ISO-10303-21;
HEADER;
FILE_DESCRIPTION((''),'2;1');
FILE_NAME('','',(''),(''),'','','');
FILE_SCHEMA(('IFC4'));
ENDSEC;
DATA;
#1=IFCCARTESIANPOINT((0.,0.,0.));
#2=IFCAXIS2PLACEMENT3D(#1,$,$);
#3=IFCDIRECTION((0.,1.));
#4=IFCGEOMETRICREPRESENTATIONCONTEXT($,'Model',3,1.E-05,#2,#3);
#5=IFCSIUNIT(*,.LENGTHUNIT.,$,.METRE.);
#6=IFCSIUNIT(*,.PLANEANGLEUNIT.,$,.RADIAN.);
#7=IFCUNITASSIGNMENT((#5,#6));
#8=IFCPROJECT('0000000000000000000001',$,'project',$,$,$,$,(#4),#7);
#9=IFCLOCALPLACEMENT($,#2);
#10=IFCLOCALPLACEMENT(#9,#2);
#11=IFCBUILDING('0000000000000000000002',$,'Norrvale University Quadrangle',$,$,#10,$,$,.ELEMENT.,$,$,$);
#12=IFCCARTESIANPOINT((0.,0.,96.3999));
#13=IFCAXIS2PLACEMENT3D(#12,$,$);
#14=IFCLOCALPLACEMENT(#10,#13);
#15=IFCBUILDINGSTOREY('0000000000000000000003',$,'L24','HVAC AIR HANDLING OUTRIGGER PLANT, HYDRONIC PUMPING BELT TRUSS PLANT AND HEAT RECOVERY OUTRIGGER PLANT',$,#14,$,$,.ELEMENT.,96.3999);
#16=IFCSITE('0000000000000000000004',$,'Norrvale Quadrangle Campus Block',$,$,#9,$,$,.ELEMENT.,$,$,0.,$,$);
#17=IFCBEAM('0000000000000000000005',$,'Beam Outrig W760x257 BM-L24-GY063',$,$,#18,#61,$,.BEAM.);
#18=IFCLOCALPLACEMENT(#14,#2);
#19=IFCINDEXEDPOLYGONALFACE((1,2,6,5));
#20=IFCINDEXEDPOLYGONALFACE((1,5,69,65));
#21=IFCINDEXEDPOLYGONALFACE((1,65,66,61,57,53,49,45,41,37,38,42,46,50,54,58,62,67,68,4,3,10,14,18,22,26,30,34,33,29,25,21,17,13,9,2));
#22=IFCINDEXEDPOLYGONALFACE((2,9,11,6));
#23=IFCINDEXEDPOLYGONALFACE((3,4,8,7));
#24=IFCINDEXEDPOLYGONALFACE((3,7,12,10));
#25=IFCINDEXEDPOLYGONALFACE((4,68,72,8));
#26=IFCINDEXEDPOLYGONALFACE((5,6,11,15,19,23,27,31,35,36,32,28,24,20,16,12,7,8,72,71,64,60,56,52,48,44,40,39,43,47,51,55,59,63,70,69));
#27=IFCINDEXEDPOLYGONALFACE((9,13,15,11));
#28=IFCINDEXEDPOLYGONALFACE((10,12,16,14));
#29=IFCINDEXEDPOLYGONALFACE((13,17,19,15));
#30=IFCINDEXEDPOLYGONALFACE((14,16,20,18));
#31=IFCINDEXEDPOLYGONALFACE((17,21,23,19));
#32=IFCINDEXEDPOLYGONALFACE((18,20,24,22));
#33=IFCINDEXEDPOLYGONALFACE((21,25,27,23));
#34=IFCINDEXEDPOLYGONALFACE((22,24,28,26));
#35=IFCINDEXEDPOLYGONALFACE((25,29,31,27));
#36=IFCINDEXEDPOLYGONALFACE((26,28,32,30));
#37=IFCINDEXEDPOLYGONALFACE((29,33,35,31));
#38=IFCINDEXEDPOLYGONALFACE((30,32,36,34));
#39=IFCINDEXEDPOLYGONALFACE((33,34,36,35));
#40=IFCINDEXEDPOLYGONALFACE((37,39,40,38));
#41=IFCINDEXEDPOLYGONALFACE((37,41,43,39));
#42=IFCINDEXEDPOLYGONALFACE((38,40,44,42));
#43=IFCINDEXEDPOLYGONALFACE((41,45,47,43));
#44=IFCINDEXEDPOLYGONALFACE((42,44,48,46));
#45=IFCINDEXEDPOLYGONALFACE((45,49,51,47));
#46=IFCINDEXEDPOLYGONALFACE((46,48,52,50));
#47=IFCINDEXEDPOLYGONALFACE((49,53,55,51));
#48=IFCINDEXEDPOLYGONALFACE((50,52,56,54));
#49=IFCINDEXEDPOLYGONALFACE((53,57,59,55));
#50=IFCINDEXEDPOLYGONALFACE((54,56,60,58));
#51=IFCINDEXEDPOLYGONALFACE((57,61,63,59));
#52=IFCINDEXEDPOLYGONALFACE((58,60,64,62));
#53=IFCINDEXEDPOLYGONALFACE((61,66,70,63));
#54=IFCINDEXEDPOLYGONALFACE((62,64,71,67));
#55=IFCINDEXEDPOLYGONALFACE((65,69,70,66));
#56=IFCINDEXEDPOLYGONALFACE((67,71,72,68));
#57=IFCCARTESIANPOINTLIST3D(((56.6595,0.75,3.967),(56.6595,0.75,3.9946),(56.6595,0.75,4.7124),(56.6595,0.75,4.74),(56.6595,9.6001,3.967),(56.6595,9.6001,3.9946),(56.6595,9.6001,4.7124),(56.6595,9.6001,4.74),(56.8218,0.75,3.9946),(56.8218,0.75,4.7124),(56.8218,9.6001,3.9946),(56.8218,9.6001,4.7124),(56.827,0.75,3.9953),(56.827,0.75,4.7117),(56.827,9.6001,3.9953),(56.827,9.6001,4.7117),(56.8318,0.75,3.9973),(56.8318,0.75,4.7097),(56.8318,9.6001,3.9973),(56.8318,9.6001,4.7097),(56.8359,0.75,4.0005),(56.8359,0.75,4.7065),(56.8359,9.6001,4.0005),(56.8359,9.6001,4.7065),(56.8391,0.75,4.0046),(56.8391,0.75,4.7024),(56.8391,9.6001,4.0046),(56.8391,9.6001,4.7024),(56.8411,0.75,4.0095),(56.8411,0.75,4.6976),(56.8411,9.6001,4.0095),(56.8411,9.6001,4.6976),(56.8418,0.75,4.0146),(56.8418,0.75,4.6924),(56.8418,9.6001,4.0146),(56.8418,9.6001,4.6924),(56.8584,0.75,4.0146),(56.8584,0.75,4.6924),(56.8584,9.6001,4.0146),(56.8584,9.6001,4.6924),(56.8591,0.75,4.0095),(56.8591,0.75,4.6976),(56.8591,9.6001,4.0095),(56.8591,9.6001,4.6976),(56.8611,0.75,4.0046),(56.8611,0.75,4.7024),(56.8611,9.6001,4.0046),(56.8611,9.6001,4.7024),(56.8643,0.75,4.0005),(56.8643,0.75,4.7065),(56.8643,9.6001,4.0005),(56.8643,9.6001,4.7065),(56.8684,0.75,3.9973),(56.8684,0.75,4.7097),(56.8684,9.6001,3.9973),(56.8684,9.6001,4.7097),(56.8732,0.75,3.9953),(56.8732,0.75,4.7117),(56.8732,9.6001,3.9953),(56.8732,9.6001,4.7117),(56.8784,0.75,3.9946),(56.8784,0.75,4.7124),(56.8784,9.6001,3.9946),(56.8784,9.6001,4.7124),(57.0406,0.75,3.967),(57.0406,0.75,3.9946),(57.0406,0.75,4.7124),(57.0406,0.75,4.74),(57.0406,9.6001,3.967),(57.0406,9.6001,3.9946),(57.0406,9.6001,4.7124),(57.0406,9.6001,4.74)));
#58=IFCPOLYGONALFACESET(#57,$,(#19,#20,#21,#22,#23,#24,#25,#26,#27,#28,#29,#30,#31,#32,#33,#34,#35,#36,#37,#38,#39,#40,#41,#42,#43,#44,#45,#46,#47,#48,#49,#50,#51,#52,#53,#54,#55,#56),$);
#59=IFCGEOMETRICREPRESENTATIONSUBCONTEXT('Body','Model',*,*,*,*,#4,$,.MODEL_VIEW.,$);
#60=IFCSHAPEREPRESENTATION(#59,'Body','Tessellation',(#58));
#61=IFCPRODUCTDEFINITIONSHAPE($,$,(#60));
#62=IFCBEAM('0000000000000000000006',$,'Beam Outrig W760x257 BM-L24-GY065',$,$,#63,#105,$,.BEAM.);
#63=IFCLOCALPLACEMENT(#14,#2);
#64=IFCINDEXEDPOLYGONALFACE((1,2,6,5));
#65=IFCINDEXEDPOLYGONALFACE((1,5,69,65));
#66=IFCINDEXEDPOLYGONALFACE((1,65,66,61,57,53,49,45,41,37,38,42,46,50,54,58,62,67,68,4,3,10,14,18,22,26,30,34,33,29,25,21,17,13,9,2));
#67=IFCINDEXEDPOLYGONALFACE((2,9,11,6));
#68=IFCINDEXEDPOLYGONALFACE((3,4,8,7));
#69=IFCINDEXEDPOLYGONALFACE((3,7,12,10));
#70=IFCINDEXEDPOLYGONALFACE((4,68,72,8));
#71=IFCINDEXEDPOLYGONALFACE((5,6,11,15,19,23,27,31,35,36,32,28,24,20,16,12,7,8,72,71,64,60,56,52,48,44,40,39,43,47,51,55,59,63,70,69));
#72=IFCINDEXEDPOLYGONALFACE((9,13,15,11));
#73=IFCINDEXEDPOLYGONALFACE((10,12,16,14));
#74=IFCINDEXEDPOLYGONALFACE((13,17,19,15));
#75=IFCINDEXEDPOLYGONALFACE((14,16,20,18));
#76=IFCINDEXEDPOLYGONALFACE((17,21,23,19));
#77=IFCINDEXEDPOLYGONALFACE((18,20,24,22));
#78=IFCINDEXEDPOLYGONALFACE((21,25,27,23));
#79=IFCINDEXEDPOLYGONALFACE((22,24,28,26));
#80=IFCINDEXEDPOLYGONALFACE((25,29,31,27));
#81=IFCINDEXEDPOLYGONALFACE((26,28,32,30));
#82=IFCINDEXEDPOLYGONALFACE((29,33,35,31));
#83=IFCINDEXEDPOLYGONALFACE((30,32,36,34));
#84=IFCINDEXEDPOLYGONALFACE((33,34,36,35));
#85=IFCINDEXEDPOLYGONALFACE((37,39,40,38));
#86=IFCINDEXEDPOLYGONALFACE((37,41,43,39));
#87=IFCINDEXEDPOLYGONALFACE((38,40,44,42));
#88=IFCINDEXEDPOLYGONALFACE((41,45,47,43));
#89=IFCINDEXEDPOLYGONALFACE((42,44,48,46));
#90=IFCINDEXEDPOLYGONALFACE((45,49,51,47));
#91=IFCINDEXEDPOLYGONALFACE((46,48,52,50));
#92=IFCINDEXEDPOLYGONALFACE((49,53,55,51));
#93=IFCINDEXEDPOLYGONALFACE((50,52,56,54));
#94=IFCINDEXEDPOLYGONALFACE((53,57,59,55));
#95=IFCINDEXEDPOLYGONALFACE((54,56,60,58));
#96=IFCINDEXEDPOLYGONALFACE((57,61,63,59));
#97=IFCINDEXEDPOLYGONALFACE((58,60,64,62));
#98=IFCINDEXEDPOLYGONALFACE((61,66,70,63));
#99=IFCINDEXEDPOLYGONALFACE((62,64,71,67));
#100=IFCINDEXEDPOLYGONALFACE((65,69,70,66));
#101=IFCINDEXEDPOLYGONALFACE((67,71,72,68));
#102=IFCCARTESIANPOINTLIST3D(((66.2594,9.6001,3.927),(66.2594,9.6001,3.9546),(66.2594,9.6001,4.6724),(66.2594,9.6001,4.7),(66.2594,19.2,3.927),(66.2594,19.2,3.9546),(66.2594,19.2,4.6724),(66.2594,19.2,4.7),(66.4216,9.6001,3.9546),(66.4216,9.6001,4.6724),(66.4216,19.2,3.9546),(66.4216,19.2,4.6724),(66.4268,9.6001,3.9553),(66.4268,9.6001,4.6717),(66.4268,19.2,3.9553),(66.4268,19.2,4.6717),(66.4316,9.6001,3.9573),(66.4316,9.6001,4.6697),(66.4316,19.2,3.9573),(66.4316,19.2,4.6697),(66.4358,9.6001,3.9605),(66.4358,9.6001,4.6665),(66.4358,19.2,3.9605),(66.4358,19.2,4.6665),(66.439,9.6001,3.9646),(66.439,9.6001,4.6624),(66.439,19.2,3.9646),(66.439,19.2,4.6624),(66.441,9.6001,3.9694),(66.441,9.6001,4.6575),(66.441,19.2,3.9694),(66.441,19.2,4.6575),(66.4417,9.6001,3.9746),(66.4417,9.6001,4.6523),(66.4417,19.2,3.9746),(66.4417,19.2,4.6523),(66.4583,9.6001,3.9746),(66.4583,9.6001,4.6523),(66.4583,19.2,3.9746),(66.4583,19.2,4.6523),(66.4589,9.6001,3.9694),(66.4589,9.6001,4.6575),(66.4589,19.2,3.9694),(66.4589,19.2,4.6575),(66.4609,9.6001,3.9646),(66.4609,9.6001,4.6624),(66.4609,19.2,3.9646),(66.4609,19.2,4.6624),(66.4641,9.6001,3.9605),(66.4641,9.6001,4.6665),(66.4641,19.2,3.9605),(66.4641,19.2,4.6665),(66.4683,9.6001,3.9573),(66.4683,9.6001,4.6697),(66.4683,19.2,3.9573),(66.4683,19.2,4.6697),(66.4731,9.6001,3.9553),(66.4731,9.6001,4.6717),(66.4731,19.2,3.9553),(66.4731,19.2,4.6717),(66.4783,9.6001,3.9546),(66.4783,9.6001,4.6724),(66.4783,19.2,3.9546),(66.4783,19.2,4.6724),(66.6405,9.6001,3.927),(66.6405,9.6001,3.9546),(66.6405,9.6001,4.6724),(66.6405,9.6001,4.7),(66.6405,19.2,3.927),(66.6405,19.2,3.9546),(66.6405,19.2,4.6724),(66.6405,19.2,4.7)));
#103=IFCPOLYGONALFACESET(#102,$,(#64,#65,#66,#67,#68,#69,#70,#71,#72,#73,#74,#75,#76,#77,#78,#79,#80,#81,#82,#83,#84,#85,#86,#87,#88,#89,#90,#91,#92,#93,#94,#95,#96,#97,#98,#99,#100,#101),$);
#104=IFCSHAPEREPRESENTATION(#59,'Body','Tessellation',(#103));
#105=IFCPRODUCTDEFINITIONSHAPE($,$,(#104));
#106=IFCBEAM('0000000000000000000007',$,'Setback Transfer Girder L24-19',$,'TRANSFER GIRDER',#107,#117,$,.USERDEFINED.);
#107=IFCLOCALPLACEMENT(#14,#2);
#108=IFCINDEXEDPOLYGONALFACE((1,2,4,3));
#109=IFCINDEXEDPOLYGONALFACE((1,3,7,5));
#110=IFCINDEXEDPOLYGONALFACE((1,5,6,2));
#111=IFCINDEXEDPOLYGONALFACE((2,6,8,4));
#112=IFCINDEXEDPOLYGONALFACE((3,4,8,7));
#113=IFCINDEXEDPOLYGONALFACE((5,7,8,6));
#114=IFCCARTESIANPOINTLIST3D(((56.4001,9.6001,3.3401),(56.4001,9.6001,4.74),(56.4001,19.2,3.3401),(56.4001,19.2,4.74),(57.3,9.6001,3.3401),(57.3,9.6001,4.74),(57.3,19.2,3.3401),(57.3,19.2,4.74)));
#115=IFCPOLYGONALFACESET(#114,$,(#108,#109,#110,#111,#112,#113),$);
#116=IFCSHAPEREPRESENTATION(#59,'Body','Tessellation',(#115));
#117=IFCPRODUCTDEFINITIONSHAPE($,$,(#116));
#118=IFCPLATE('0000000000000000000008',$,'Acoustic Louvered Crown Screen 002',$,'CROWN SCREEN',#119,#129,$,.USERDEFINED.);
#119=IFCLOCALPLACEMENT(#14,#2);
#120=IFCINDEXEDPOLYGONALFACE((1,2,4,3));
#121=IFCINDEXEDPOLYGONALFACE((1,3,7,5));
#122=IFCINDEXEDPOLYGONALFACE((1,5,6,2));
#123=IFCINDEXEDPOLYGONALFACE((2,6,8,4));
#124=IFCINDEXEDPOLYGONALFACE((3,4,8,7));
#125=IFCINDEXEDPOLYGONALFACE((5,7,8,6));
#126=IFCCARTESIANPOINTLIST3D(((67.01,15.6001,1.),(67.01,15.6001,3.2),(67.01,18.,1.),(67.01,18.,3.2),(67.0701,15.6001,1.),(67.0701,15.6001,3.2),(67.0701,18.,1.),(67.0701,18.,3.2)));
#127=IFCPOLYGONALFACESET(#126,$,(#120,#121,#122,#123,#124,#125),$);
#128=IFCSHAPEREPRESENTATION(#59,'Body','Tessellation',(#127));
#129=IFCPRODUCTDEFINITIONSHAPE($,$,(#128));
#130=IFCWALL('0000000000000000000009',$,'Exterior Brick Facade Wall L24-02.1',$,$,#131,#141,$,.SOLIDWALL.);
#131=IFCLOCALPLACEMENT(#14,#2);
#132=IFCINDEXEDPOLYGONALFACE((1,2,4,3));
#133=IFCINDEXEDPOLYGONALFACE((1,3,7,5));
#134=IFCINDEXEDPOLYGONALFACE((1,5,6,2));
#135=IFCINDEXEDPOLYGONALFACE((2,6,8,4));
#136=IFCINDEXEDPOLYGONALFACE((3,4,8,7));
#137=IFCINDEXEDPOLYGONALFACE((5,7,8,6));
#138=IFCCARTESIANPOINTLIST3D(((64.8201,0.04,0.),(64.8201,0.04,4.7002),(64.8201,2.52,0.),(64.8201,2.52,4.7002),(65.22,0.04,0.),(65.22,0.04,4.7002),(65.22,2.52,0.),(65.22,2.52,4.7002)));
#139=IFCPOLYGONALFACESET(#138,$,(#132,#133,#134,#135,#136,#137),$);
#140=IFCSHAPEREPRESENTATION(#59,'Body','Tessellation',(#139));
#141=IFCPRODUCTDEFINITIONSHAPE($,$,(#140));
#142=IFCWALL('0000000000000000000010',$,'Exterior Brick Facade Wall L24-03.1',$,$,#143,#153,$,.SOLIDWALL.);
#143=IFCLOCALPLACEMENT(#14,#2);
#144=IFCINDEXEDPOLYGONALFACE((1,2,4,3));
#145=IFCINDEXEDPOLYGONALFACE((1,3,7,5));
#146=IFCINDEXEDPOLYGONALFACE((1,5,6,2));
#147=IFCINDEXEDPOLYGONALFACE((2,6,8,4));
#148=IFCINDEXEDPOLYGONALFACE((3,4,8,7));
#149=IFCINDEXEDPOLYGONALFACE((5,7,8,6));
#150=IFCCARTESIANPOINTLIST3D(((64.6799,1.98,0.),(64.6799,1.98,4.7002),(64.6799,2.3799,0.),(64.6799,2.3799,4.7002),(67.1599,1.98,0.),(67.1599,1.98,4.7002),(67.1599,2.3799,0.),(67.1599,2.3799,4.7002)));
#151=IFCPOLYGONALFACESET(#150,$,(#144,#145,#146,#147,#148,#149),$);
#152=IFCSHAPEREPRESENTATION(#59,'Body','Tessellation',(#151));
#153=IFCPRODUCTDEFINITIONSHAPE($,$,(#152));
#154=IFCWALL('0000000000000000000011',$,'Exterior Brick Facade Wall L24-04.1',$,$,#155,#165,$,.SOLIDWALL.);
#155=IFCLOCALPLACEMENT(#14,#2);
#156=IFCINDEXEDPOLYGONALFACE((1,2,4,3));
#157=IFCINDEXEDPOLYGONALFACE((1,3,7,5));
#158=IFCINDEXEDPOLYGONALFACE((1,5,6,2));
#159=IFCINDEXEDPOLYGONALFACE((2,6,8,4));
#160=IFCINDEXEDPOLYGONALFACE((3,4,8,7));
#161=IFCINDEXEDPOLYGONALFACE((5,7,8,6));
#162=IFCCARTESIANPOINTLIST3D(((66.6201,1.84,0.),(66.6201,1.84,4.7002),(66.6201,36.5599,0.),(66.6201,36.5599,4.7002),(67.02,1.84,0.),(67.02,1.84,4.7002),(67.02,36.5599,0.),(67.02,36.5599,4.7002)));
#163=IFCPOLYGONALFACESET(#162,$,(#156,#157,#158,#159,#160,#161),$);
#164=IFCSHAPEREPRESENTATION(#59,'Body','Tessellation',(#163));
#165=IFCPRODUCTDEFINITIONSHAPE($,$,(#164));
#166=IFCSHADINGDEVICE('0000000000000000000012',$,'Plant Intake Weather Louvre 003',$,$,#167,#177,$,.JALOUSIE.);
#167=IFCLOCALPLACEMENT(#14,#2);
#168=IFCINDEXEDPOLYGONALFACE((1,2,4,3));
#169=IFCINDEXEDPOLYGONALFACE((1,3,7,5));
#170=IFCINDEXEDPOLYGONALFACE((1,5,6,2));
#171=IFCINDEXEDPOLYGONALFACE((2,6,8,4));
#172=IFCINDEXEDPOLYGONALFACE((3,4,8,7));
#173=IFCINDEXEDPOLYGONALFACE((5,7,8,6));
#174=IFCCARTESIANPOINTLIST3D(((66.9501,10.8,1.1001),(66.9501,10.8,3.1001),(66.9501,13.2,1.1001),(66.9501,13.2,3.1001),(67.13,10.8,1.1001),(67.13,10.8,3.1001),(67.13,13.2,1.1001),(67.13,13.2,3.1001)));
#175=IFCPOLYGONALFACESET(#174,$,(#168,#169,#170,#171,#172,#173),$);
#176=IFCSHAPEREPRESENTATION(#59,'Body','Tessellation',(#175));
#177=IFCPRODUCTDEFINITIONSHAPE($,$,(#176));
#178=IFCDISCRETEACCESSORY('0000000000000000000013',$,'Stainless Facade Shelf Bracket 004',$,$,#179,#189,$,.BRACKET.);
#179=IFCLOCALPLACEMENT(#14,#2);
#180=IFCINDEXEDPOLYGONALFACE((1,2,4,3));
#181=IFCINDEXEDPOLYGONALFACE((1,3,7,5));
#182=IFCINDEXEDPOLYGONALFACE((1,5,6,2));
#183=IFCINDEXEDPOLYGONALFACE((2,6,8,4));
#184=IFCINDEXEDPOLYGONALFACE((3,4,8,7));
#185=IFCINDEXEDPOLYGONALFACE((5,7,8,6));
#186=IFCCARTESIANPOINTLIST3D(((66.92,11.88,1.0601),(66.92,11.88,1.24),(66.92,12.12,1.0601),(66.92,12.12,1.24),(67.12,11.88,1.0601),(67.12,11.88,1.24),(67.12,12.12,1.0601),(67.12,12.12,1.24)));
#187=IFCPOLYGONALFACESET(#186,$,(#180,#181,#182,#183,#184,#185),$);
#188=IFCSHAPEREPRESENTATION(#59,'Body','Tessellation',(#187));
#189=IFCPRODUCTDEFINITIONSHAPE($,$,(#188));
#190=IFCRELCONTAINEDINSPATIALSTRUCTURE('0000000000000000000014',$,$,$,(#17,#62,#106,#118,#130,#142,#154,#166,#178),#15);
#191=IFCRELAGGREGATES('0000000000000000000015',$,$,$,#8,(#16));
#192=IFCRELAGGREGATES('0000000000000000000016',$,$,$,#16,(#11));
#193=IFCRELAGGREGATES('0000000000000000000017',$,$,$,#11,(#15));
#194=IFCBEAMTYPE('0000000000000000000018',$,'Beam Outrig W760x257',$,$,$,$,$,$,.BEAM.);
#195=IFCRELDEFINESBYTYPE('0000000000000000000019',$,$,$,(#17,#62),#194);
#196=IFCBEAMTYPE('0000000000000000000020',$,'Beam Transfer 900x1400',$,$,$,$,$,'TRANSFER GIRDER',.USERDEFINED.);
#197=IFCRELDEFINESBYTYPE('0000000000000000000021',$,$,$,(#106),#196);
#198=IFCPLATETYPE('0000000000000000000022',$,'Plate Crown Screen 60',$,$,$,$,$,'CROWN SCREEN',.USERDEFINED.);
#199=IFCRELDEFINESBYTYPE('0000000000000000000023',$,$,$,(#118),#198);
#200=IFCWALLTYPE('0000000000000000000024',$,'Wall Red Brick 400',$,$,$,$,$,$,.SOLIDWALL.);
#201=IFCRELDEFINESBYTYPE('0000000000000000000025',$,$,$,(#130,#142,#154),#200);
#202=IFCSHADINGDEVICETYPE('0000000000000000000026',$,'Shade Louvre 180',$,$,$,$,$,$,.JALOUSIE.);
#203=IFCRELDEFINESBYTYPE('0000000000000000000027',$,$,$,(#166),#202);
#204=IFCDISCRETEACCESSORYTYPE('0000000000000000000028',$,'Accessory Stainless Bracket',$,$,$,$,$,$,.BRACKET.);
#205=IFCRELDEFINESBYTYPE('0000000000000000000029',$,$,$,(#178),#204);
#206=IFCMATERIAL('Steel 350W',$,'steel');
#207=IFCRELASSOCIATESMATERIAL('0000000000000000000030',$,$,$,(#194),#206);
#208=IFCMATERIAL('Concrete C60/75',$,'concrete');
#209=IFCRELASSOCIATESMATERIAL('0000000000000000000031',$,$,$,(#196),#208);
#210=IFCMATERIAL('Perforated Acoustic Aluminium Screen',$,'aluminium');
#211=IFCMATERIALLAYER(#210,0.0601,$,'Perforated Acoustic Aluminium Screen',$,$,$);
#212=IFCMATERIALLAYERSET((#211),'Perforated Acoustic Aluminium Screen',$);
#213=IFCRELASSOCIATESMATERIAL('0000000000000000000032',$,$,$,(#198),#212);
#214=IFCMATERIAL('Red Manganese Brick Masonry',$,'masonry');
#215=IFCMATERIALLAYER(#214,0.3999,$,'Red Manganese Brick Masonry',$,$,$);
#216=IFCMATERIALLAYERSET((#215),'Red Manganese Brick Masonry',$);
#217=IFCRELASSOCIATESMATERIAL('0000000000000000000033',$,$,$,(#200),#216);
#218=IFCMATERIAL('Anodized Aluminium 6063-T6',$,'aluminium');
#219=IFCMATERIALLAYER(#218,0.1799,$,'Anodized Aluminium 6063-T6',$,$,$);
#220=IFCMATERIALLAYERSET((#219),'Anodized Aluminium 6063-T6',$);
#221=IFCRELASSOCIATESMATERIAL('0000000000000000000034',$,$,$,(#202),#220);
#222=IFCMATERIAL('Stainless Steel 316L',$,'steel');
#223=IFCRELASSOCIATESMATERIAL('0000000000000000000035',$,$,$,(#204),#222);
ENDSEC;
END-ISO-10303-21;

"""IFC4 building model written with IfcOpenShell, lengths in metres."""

from ifc_helpers import new_model, si_unit, direction, frame, frame_2d, origin, origin_2d, place, context, subcontext, project, spatial, rectangle, i_section, extrude, material, layer, layer_set, material_profile, profile_set, type_object, element, save


model = new_model("IFC4")

# Units and contexts
model_context = context("Model", 3, precision=1e-05, world=origin(), true_north=direction((0.0, 1.0)))
body_context = subcontext(model_context, "Body", "Model", "MODEL_VIEW")
ifc_project = project(units=[si_unit("LENGTHUNIT", "METRE"), si_unit("PLANEANGLEUNIT", "RADIAN")], contexts=[model_context])

# Site, building, storey
site_placement = place(None, origin())
site = spatial("IfcSite", under=ifc_project, at=site_placement, Name="Norrvale Quadrangle Campus Block", CompositionType="ELEMENT", RefElevation=0.0)
building_placement = place(site_placement, origin())
building = spatial("IfcBuilding", under=site, at=building_placement, Name="Norrvale University Quadrangle", CompositionType="ELEMENT")
storey_placement = place(building_placement, frame((0.0, 0.0, 96.3999)))
storey = spatial("IfcBuildingStorey", under=building, at=storey_placement, Name="L24", Description="HVAC AIR HANDLING OUTRIGGER PLANT, HYDRONIC PUMPING BELT TRUSS PLANT AND HEAT RECOVERY OUTRIGGER PLANT", CompositionType="ELEMENT", Elevation=96.3999)

# Beams
ifc_material_1 = material(Name="Steel 350W", Category="steel")
ifc_material_profile_1 = material_profile(ifc_material_1, i_section(OverallWidth=0.3811, OverallDepth=0.7729, WebThickness=0.0166, FlangeThickness=0.0276, FilletRadius=0.02, at=origin_2d()), Name="Steel 350W")
ifc_profile_set_1 = profile_set([ifc_material_profile_1], Name="Steel 350W")
beam_type_1 = type_object("IfcBeamType", Name="Beam Outrig W760x257", PredefinedType="BEAM", material=ifc_profile_set_1)
beam_1_placement = place(storey_placement, frame((56.8501, 0.75, 4.3535), z_axis=(0.0, 1.0, 0.0), x_axis=(-1.0, 0.0, 0.0)))
element("IfcBeam", 1, at=beam_1_placement, inside=storey, type_object=beam_type_1, Name="Beam Outrig W760x257 BM-L24-GY063", PredefinedType="BEAM", context=body_context, shape_type="SweptSolid", body=[
    extrude(i_section(OverallWidth=0.3811, OverallDepth=0.7729, WebThickness=0.0166, FlangeThickness=0.0276, FilletRadius=0.02, at=origin_2d()), origin(), (0.0, 0.0, 1.0), 8.8501),
])
beam_2_placement = place(storey_placement, frame((66.45, 9.6001, 4.3135), z_axis=(0.0, 1.0, 0.0), x_axis=(-1.0, 0.0, 0.0)))
element("IfcBeam", 2, at=beam_2_placement, inside=storey, type_object=beam_type_1, Name="Beam Outrig W760x257 BM-L24-GY065", PredefinedType="BEAM", context=body_context, shape_type="SweptSolid", body=[
    extrude(i_section(OverallWidth=0.3811, OverallDepth=0.7729, WebThickness=0.0166, FlangeThickness=0.0276, FilletRadius=0.02, at=origin_2d()), origin(), (0.0, 0.0, 1.0), 9.5999),
])
ifc_material_2 = material(Name="Concrete C60/75", Category="concrete")
ifc_material_profile_2 = material_profile(ifc_material_2, rectangle(XDim=0.8999, YDim=1.3999, at=origin_2d()), Name="Concrete C60/75")
ifc_profile_set_2 = profile_set([ifc_material_profile_2], Name="Concrete C60/75")
beam_type_2 = type_object("IfcBeamType", Name="Beam Transfer 900x1400", ElementType="TRANSFER GIRDER", PredefinedType="USERDEFINED", material=ifc_profile_set_2)
beam_3_placement = place(storey_placement, frame((56.8501, 9.6001, 4.04), z_axis=(0.0, 1.0, 0.0), x_axis=(-1.0, 0.0, 0.0)))
element("IfcBeam", 3, at=beam_3_placement, inside=storey, type_object=beam_type_2, Name="Setback Transfer Girder L24-19", ObjectType="TRANSFER GIRDER", PredefinedType="USERDEFINED", context=body_context, shape_type="SweptSolid", body=[
    extrude(rectangle(XDim=0.8999, YDim=1.3999, at=origin_2d()), origin(), (0.0, 0.0, 1.0), 9.5999),
])

# Plate
ifc_material_3 = material(Name="Perforated Acoustic Aluminium Screen", Category="aluminium")
ifc_layer_1 = layer(ifc_material_3, 0.0601, Name="Perforated Acoustic Aluminium Screen")
ifc_layer_set_1 = layer_set([ifc_layer_1], Name="Perforated Acoustic Aluminium Screen")
plate_type = type_object("IfcPlateType", Name="Plate Crown Screen 60", ElementType="CROWN SCREEN", PredefinedType="USERDEFINED", material=ifc_layer_set_1)
plate_placement = place(storey_placement, frame((67.04, 16.8, 1.0), z_axis=(0.0, 0.0, 1.0), x_axis=(0.0, 1.0, 0.0)))
element("IfcPlate", 4, at=plate_placement, inside=storey, type_object=plate_type, Name="Acoustic Louvered Crown Screen 002", ObjectType="CROWN SCREEN", PredefinedType="USERDEFINED", context=body_context, shape_type="SweptSolid", body=[
    extrude(rectangle(XDim=2.3999, YDim=0.0601, at=origin_2d()), origin(), (0.0, 0.0, 1.0), 2.2),
])

# Walls
ifc_material_4 = material(Name="Red Manganese Brick Masonry", Category="masonry")
ifc_layer_2 = layer(ifc_material_4, 0.3999, Name="Red Manganese Brick Masonry")
ifc_layer_set_2 = layer_set([ifc_layer_2], Name="Red Manganese Brick Masonry")
wall_type = type_object("IfcWallType", Name="Wall Red Brick 400", PredefinedType="SOLIDWALL", material=ifc_layer_set_2)
for number, where, z_axis, x_axis, name in (
    (5, (65.02, 0.04, 0.0), (0.0, 0.0, 1.0), (0.0, 1.0, 0.0), "Exterior Brick Facade Wall L24-02.1"),
    (6, (64.6799, 2.1799, 0.0), (0.0, 0.0, 1.0), (1.0, 0.0, 0.0), "Exterior Brick Facade Wall L24-03.1"),
):
    element("IfcWall", number, at=place(storey_placement, frame(where, z_axis=z_axis, x_axis=x_axis)), inside=storey, type_object=wall_type, Name=name, PredefinedType="SOLIDWALL", context=body_context, shape_type="SweptSolid", body=[
        extrude(rectangle(XDim=2.48, YDim=0.3999, at=frame_2d((1.24, 0.0))), origin(), (0.0, 0.0, 1.0), 4.7002),
    ])
wall_placement = place(storey_placement, frame((66.8201, 1.8401, 0.0), z_axis=(0.0, 0.0, 1.0), x_axis=(0.0, 1.0, 0.0)))
element("IfcWall", 7, at=wall_placement, inside=storey, type_object=wall_type, Name="Exterior Brick Facade Wall L24-04.1", PredefinedType="SOLIDWALL", context=body_context, shape_type="SweptSolid", body=[
    extrude(rectangle(XDim=34.72, YDim=0.3999, at=frame_2d((17.3599, 0.0))), origin(), (0.0, 0.0, 1.0), 4.7002),
])

# Shading device
ifc_material_5 = material(Name="Anodized Aluminium 6063-T6", Category="aluminium")
ifc_layer_3 = layer(ifc_material_5, 0.1799, Name="Anodized Aluminium 6063-T6")
ifc_layer_set_3 = layer_set([ifc_layer_3], Name="Anodized Aluminium 6063-T6")
shading_device_type = type_object("IfcShadingDeviceType", Name="Shade Louvre 180", PredefinedType="JALOUSIE", material=ifc_layer_set_3)
shading_device_placement = place(storey_placement, frame((67.04, 12.0, 1.1001), z_axis=(0.0, 0.0, 1.0), x_axis=(0.0, 1.0, 0.0)))
element("IfcShadingDevice", 8, at=shading_device_placement, inside=storey, type_object=shading_device_type, Name="Plant Intake Weather Louvre 003", PredefinedType="JALOUSIE", context=body_context, shape_type="SweptSolid", body=[
    extrude(rectangle(XDim=2.3999, YDim=0.1799, at=origin_2d()), origin(), (0.0, 0.0, 1.0), 2.0),
])

# Discrete accessory
ifc_material_6 = material(Name="Stainless Steel 316L", Category="steel")
discrete_accessory_type = type_object("IfcDiscreteAccessoryType", Name="Accessory Stainless Bracket", PredefinedType="BRACKET", material=ifc_material_6)
for number, where, z_axis, x_axis, name in (
    (9, (67.02, 12.0, 1.0601), (0.0, 0.0, 1.0), (0.0, 1.0, 0.0), "Stainless Facade Shelf Bracket 004"),
):
    element("IfcDiscreteAccessory", number, at=place(storey_placement, frame(where, z_axis=z_axis, x_axis=x_axis)), inside=storey, type_object=discrete_accessory_type, Name=name, PredefinedType="BRACKET", context=body_context, shape_type="SweptSolid", body=[
        extrude(rectangle(XDim=0.24, YDim=0.2, at=origin_2d()), origin(), (0.0, 0.0, 1.0), 0.1799),
    ])

save(model, "model.ifc")
